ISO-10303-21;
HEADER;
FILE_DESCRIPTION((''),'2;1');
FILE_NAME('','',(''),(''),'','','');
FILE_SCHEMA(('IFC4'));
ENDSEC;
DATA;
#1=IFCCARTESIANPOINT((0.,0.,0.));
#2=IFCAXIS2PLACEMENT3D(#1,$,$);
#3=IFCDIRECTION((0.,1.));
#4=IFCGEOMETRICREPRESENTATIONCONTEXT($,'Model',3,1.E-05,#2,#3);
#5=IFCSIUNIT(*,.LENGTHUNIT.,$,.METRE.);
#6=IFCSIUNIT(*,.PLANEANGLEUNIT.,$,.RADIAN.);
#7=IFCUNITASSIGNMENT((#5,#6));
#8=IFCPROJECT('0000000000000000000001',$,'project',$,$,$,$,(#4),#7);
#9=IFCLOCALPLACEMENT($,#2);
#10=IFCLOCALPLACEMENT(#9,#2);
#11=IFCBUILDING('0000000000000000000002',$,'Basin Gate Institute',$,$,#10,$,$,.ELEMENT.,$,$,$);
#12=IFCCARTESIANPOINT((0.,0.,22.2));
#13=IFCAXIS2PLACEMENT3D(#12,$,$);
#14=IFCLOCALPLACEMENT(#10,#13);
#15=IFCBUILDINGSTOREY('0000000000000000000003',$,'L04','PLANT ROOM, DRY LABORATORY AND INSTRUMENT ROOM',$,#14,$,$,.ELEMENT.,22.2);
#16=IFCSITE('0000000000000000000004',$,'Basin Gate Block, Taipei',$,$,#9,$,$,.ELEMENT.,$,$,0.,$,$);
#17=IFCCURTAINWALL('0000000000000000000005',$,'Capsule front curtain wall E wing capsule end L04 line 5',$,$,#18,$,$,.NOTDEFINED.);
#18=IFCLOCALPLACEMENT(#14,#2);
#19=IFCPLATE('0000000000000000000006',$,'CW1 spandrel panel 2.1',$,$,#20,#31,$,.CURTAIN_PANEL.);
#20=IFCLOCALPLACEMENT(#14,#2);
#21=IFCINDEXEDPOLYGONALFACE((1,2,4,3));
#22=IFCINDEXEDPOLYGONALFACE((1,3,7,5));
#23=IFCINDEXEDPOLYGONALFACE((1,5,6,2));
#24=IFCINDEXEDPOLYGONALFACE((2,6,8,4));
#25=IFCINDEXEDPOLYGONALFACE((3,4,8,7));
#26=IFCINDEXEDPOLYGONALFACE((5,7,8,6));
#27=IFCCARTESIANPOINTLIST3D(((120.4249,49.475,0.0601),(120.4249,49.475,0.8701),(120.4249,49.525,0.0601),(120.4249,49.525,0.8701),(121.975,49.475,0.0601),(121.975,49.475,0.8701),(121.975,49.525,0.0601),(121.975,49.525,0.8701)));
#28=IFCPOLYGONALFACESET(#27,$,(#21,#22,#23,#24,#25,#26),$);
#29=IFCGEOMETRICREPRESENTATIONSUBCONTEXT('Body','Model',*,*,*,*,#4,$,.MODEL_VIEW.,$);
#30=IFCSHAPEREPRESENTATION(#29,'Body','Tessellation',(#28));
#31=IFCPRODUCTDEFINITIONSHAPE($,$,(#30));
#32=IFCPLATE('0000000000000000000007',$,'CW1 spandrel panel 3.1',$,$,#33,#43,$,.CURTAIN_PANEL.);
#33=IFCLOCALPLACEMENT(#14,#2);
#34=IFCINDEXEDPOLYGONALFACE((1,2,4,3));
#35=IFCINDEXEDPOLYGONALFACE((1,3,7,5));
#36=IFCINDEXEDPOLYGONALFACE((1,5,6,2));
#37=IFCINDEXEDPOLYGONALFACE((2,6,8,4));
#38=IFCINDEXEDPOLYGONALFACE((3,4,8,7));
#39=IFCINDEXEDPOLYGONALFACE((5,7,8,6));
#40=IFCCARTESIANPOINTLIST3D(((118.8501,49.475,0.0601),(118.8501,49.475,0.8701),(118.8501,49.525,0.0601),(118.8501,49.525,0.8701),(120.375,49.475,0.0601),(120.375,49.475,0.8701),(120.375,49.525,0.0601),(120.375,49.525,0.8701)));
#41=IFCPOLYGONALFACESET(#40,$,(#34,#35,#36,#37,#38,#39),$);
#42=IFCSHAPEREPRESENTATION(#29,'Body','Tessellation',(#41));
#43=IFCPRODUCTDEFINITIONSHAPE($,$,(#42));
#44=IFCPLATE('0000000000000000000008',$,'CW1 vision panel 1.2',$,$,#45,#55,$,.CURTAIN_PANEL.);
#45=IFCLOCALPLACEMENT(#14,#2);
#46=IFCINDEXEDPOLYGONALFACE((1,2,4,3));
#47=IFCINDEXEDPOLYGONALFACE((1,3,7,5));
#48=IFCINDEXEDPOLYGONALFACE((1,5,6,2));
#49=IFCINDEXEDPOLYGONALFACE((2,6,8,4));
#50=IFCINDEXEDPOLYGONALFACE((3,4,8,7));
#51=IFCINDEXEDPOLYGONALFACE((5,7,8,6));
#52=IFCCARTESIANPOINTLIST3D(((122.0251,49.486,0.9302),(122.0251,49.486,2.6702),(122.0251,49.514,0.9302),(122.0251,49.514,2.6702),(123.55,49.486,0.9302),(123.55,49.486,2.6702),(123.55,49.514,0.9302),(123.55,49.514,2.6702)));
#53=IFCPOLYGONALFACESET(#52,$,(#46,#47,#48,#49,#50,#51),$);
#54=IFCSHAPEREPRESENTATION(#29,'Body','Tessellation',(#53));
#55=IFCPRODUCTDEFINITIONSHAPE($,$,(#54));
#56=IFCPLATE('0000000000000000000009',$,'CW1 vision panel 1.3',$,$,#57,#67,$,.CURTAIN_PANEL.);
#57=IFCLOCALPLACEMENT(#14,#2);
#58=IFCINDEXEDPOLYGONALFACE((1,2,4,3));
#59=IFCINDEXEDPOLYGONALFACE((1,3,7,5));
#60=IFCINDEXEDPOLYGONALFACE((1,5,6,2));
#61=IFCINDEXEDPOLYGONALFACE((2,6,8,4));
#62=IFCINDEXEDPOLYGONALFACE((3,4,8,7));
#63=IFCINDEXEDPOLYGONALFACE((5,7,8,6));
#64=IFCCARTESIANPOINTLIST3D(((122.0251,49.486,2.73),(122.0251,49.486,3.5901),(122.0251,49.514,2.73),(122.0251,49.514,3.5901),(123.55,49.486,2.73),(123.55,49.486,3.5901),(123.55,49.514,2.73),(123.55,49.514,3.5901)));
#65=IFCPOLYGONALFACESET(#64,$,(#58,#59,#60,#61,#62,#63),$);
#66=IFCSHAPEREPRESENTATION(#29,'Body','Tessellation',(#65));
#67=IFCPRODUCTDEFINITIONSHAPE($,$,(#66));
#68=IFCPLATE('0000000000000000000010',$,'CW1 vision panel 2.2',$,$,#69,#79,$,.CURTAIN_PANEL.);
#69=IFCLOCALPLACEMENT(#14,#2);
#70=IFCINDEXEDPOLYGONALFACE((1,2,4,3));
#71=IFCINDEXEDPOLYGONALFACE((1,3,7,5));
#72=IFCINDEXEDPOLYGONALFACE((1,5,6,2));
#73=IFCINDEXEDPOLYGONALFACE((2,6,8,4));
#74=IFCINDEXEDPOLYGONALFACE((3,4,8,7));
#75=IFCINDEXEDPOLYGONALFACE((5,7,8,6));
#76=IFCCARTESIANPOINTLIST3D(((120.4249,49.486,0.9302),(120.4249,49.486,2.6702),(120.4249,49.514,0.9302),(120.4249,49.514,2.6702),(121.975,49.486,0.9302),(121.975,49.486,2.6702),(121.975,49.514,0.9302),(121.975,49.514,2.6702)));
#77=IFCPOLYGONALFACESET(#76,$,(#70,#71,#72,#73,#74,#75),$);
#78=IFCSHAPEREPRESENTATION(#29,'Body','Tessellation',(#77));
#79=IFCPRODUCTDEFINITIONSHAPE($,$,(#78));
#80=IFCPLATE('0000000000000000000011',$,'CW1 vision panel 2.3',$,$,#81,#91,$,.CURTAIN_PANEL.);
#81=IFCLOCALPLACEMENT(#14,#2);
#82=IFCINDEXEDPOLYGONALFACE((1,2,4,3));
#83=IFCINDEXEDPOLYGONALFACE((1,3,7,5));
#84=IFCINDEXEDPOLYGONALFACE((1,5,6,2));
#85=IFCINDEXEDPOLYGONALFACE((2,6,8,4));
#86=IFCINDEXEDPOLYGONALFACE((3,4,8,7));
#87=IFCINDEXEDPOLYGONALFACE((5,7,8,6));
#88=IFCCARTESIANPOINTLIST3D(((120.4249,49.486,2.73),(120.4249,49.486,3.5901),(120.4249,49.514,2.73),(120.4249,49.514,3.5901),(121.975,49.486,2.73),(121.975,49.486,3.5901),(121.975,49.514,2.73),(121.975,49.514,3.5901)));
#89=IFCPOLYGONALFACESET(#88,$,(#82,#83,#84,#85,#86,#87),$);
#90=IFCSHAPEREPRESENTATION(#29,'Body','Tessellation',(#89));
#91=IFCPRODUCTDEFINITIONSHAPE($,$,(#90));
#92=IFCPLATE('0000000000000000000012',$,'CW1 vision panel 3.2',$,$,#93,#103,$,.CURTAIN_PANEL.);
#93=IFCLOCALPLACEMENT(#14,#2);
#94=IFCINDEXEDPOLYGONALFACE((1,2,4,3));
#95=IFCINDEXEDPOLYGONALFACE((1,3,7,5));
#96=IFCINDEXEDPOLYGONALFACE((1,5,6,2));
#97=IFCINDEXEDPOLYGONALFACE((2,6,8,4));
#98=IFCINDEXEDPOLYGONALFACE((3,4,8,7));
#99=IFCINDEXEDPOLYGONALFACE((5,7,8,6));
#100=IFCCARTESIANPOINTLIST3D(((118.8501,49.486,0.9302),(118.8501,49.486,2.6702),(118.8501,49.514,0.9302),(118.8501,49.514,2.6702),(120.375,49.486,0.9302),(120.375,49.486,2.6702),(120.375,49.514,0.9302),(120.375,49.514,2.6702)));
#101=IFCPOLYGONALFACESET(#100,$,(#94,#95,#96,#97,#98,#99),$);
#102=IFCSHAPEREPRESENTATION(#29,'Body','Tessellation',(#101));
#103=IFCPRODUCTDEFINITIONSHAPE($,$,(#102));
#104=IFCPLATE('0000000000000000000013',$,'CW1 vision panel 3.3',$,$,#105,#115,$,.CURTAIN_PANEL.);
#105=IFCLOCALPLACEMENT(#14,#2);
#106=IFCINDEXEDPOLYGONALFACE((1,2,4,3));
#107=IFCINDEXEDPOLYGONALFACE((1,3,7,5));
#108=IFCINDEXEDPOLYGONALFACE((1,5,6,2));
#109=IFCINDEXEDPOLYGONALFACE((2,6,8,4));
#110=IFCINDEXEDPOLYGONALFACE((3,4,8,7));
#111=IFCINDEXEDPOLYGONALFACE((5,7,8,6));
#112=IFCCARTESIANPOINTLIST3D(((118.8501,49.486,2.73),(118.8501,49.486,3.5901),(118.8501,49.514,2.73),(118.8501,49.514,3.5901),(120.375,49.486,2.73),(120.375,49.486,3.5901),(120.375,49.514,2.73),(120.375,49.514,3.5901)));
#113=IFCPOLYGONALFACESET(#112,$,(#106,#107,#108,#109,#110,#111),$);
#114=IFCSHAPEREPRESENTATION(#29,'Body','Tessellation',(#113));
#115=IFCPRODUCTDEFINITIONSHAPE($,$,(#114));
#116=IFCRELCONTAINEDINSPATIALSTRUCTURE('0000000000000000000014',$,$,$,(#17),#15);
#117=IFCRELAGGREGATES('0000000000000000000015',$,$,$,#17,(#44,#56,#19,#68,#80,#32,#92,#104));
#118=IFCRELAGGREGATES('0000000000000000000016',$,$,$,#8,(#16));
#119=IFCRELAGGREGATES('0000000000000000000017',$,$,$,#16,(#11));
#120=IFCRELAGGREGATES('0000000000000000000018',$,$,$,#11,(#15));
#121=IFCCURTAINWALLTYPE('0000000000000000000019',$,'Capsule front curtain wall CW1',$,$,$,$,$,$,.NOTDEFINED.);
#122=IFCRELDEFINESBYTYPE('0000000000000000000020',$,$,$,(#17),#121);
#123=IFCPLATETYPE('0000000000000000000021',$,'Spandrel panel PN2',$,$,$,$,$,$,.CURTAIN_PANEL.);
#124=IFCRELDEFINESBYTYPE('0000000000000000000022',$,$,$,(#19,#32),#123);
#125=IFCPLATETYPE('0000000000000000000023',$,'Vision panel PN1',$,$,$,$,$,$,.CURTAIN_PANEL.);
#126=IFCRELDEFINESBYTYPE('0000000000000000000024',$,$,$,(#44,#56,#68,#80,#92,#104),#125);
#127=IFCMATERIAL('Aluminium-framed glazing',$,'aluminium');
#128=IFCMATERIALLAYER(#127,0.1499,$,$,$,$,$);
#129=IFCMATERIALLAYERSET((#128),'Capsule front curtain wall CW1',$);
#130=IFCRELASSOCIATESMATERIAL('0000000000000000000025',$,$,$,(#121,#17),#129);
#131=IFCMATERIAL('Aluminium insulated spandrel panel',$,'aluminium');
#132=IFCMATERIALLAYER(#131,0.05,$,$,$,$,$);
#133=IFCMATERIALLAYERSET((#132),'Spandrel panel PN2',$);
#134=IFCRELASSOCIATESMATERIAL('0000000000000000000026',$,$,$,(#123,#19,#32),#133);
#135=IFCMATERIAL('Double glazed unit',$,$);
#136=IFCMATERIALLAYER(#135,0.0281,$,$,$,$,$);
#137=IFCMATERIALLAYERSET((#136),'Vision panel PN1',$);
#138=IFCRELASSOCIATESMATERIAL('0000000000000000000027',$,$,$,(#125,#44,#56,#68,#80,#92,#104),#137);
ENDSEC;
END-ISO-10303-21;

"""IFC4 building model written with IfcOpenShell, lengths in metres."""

from ifc_helpers import new_model, si_unit, direction, frame, origin, origin_2d, place, context, subcontext, project, spatial, rectangle, extrude, material, layer, layer_set, type_object, element, aggregate, save


model = new_model("IFC4")

# Units and contexts
model_context = context("Model", 3, precision=1e-05, world=origin(), true_north=direction((0.0, 1.0)))
body_context = subcontext(model_context, "Body", "Model", "MODEL_VIEW")
ifc_project = project(units=[si_unit("LENGTHUNIT", "METRE"), si_unit("PLANEANGLEUNIT", "RADIAN")], contexts=[model_context])

# Site, building, storey
site_placement = place(None, origin())
site = spatial("IfcSite", under=ifc_project, at=site_placement, Name="Basin Gate Block, Taipei", CompositionType="ELEMENT", RefElevation=0.0)
building_placement = place(site_placement, origin())
building = spatial("IfcBuilding", under=site, at=building_placement, Name="Basin Gate Institute", CompositionType="ELEMENT")
storey_placement = place(building_placement, frame((0.0, 0.0, 22.2)))
storey = spatial("IfcBuildingStorey", under=building, at=storey_placement, Name="L04", Description="PLANT ROOM, DRY LABORATORY AND INSTRUMENT ROOM", CompositionType="ELEMENT", Elevation=22.2)

# Curtain wall
ifc_material_1 = material(Name="Aluminium-framed glazing", Category="aluminium")
ifc_layer_1 = layer(ifc_material_1, 0.1499)
ifc_layer_set_1 = layer_set([ifc_layer_1], Name="Capsule front curtain wall CW1")
curtain_wall_type = type_object("IfcCurtainWallType", Name="Capsule front curtain wall CW1", PredefinedType="NOTDEFINED", material=ifc_layer_set_1)
curtain_wall_1_placement = place(storey_placement, origin())
curtain_wall_1 = element("IfcCurtainWall", 1, at=curtain_wall_1_placement, inside=storey, type_object=curtain_wall_type, material=ifc_layer_set_1, Name="Capsule front curtain wall E wing capsule end L04 line 5", PredefinedType="NOTDEFINED")

# Plates
ifc_material_2 = material(Name="Aluminium insulated spandrel panel", Category="aluminium")
ifc_layer_2 = layer(ifc_material_2, 0.05)
ifc_layer_set_2 = layer_set([ifc_layer_2], Name="Spandrel panel PN2")
plate_type_1 = type_object("IfcPlateType", Name="Spandrel panel PN2", PredefinedType="CURTAIN_PANEL", material=ifc_layer_set_2)
plate_1_placement = place(storey_placement, frame((121.2, 49.5, 0.0601), z_axis=(0.0, 0.0, 1.0), x_axis=(-1.0, 0.0, 0.0)))
plate_1 = element("IfcPlate", 2, at=plate_1_placement, type_object=plate_type_1, material=ifc_layer_set_2, Name="CW1 spandrel panel 2.1", PredefinedType="CURTAIN_PANEL", context=body_context, shape_type="SweptSolid", body=[
    extrude(rectangle(XDim=1.55, YDim=0.05, at=origin_2d()), origin(), (0.0, 0.0, 1.0), 0.8101),
])
plate_2_placement = place(storey_placement, frame((119.6125, 49.5, 0.0601), z_axis=(0.0, 0.0, 1.0), x_axis=(-1.0, 0.0, 0.0)))
plate_2 = element("IfcPlate", 3, at=plate_2_placement, type_object=plate_type_1, material=ifc_layer_set_2, Name="CW1 spandrel panel 3.1", PredefinedType="CURTAIN_PANEL", context=body_context, shape_type="SweptSolid", body=[
    extrude(rectangle(XDim=1.5249, YDim=0.05, at=origin_2d()), origin(), (0.0, 0.0, 1.0), 0.8101),
])
ifc_material_3 = material(Name="Double glazed unit")
ifc_layer_3 = layer(ifc_material_3, 0.0281)
ifc_layer_set_3 = layer_set([ifc_layer_3], Name="Vision panel PN1")
plate_type_2 = type_object("IfcPlateType", Name="Vision panel PN1", PredefinedType="CURTAIN_PANEL", material=ifc_layer_set_3)
plate_3_placement = place(storey_placement, frame((122.7876, 49.5, 0.9302), z_axis=(0.0, 0.0, 1.0), x_axis=(-1.0, 0.0, 0.0)))
plate_3 = element("IfcPlate", 4, at=plate_3_placement, type_object=plate_type_2, material=ifc_layer_set_3, Name="CW1 vision panel 1.2", PredefinedType="CURTAIN_PANEL", context=body_context, shape_type="SweptSolid", body=[
    extrude(rectangle(XDim=1.5249, YDim=0.0281, at=origin_2d()), origin(), (0.0, 0.0, 1.0), 1.74),
])
plate_4_placement = place(storey_placement, frame((122.7876, 49.5, 2.73), z_axis=(0.0, 0.0, 1.0), x_axis=(-1.0, 0.0, 0.0)))
plate_4 = element("IfcPlate", 5, at=plate_4_placement, type_object=plate_type_2, material=ifc_layer_set_3, Name="CW1 vision panel 1.3", PredefinedType="CURTAIN_PANEL", context=body_context, shape_type="SweptSolid", body=[
    extrude(rectangle(XDim=1.5249, YDim=0.0281, at=origin_2d()), origin(), (0.0, 0.0, 1.0), 0.8601),
])
plate_5_placement = place(storey_placement, frame((121.2, 49.5, 0.9302), z_axis=(0.0, 0.0, 1.0), x_axis=(-1.0, 0.0, 0.0)))
plate_5 = element("IfcPlate", 6, at=plate_5_placement, type_object=plate_type_2, material=ifc_layer_set_3, Name="CW1 vision panel 2.2", PredefinedType="CURTAIN_PANEL", context=body_context, shape_type="SweptSolid", body=[
    extrude(rectangle(XDim=1.55, YDim=0.0281, at=origin_2d()), origin(), (0.0, 0.0, 1.0), 1.74),
])
plate_6_placement = place(storey_placement, frame((121.2, 49.5, 2.73), z_axis=(0.0, 0.0, 1.0), x_axis=(-1.0, 0.0, 0.0)))
plate_6 = element("IfcPlate", 7, at=plate_6_placement, type_object=plate_type_2, material=ifc_layer_set_3, Name="CW1 vision panel 2.3", PredefinedType="CURTAIN_PANEL", context=body_context, shape_type="SweptSolid", body=[
    extrude(rectangle(XDim=1.55, YDim=0.0281, at=origin_2d()), origin(), (0.0, 0.0, 1.0), 0.8601),
])
plate_7_placement = place(storey_placement, frame((119.6125, 49.5, 0.9302), z_axis=(0.0, 0.0, 1.0), x_axis=(-1.0, 0.0, 0.0)))
plate_7 = element("IfcPlate", 8, at=plate_7_placement, type_object=plate_type_2, material=ifc_layer_set_3, Name="CW1 vision panel 3.2", PredefinedType="CURTAIN_PANEL", context=body_context, shape_type="SweptSolid", body=[
    extrude(rectangle(XDim=1.5249, YDim=0.0281, at=origin_2d()), origin(), (0.0, 0.0, 1.0), 1.74),
])
plate_8_placement = place(storey_placement, frame((119.6125, 49.5, 2.73), z_axis=(0.0, 0.0, 1.0), x_axis=(-1.0, 0.0, 0.0)))
plate_8 = element("IfcPlate", 9, at=plate_8_placement, type_object=plate_type_2, material=ifc_layer_set_3, Name="CW1 vision panel 3.3", PredefinedType="CURTAIN_PANEL", context=body_context, shape_type="SweptSolid", body=[
    extrude(rectangle(XDim=1.5249, YDim=0.0281, at=origin_2d()), origin(), (0.0, 0.0, 1.0), 0.8601),
])
aggregate(curtain_wall_1, [plate_3, plate_4, plate_1, plate_5, plate_6, plate_2, plate_7, plate_8])

save(model, "model.ifc")
